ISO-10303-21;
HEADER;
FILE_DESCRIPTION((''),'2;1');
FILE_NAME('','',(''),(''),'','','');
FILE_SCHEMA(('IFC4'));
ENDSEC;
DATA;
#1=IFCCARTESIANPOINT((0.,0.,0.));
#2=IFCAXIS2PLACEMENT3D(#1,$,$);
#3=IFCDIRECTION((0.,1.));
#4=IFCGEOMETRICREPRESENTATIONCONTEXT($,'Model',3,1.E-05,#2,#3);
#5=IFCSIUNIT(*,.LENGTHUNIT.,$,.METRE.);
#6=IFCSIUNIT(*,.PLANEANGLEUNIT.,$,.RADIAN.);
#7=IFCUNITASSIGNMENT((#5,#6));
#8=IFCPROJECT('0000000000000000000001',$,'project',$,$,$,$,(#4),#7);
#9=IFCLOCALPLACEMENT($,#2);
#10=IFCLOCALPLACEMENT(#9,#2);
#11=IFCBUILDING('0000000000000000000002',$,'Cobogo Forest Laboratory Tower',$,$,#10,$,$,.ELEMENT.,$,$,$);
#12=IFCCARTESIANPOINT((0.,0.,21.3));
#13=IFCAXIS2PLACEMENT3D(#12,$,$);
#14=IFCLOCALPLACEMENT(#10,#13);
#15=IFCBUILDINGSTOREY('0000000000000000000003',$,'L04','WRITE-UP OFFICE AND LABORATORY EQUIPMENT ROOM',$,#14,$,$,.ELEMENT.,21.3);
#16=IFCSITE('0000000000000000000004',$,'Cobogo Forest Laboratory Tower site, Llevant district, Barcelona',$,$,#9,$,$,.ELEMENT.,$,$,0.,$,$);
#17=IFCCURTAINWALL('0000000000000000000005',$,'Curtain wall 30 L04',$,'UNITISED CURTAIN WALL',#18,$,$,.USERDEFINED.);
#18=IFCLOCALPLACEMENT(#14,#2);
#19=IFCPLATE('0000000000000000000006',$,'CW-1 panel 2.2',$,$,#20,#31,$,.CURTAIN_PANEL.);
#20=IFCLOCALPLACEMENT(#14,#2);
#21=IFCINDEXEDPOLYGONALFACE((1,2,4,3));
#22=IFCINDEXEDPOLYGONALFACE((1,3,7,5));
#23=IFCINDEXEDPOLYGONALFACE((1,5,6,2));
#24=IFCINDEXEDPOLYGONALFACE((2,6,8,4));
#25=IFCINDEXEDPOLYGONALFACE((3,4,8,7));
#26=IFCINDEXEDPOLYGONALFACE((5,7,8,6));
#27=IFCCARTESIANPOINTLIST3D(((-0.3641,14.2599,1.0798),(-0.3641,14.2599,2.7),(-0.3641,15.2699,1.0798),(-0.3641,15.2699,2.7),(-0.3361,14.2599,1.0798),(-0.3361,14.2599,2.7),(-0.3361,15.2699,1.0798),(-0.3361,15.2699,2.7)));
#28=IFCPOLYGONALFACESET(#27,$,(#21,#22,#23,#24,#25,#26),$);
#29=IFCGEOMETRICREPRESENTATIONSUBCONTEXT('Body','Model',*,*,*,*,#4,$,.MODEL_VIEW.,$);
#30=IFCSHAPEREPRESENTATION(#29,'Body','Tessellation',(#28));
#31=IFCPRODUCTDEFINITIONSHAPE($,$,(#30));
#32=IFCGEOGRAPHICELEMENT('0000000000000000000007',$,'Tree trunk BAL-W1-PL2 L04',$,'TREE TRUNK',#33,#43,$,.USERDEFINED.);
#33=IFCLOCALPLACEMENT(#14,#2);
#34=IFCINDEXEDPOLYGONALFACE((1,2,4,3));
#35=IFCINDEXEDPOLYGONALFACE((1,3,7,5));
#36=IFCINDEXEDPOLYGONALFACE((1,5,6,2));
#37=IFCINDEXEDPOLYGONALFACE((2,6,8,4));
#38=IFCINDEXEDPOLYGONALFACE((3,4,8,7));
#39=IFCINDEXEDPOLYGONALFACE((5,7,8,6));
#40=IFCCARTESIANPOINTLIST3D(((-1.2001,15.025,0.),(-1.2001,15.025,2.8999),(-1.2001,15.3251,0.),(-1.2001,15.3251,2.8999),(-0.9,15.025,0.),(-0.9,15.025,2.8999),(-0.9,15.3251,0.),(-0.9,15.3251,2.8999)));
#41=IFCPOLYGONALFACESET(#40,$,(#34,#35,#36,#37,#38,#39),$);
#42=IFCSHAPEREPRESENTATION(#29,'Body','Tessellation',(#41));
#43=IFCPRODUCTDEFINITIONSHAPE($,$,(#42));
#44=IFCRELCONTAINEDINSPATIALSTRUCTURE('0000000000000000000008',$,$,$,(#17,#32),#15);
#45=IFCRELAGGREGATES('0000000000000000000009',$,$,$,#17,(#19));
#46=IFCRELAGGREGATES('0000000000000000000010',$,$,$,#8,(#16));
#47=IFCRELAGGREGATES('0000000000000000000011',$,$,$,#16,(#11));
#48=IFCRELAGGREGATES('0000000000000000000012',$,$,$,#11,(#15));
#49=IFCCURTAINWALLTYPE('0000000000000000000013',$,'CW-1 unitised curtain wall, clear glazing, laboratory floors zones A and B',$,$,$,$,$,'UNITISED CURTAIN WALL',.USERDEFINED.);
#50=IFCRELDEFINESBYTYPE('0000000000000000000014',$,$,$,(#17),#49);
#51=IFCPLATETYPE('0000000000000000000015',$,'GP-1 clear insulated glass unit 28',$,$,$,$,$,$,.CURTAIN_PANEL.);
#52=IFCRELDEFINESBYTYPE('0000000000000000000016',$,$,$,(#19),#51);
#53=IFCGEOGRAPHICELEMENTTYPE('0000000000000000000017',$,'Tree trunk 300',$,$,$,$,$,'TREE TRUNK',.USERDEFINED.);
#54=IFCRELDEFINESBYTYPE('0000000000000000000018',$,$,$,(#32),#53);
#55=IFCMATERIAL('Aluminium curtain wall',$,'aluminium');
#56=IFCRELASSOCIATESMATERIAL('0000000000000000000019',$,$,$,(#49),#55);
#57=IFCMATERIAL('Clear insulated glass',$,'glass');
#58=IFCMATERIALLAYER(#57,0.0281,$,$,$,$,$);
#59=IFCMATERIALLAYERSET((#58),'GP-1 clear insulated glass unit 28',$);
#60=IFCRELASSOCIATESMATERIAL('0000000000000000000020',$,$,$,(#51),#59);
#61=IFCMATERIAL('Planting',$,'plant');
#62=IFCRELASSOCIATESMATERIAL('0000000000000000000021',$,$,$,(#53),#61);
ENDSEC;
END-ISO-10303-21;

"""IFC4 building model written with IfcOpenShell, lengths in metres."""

from ifc_helpers import new_model, si_unit, direction, frame, origin, origin_2d, place, context, subcontext, project, spatial, rectangle, extrude, material, layer, layer_set, type_object, element, aggregate, save


model = new_model("IFC4")

# Units and contexts
model_context = context("Model", 3, precision=1e-05, world=origin(), true_north=direction((0.0, 1.0)))
body_context = subcontext(model_context, "Body", "Model", "MODEL_VIEW")
ifc_project = project(units=[si_unit("LENGTHUNIT", "METRE"), si_unit("PLANEANGLEUNIT", "RADIAN")], contexts=[model_context])

# Site, building, storey
site_placement = place(None, origin())
site = spatial("IfcSite", under=ifc_project, at=site_placement, Name="Cobogo Forest Laboratory Tower site, Llevant district, Barcelona", CompositionType="ELEMENT", RefElevation=0.0)
building_placement = place(site_placement, origin())
building = spatial("IfcBuilding", under=site, at=building_placement, Name="Cobogo Forest Laboratory Tower", CompositionType="ELEMENT")
storey_placement = place(building_placement, frame((0.0, 0.0, 21.3)))
storey = spatial("IfcBuildingStorey", under=building, at=storey_placement, Name="L04", Description="WRITE-UP OFFICE AND LABORATORY EQUIPMENT ROOM", CompositionType="ELEMENT", Elevation=21.3)

# Curtain wall
ifc_material_1 = material(Name="Aluminium curtain wall", Category="aluminium")
curtain_wall_type = type_object("IfcCurtainWallType", Name="CW-1 unitised curtain wall, clear glazing, laboratory floors zones A and B", ElementType="UNITISED CURTAIN WALL", PredefinedType="USERDEFINED", material=ifc_material_1)
curtain_wall_1_placement = place(storey_placement, origin())
curtain_wall_1 = element("IfcCurtainWall", 1, at=curtain_wall_1_placement, inside=storey, type_object=curtain_wall_type, Name="Curtain wall 30 L04", ObjectType="UNITISED CURTAIN WALL", PredefinedType="USERDEFINED")

# Plate
ifc_material_2 = material(Name="Clear insulated glass", Category="glass")
ifc_layer = layer(ifc_material_2, 0.0281)
ifc_layer_set = layer_set([ifc_layer], Name="GP-1 clear insulated glass unit 28")
plate_type_1 = type_object("IfcPlateType", Name="GP-1 clear insulated glass unit 28", PredefinedType="CURTAIN_PANEL", material=ifc_layer_set)
plate_1_placement = place(storey_placement, frame((-0.3501, 14.7649, 1.0798), z_axis=(0.0, 0.0, 1.0), x_axis=(0.0, -1.0, 0.0)))
plate_1 = element("IfcPlate", 2, at=plate_1_placement, type_object=plate_type_1, Name="CW-1 panel 2.2", PredefinedType="CURTAIN_PANEL", context=body_context, shape_type="SweptSolid", body=[
    extrude(rectangle(XDim=1.01, YDim=0.0281, at=origin_2d()), origin(), (0.0, 0.0, 1.0), 1.6201),
])
aggregate(curtain_wall_1, [plate_1])

# Geographic element
ifc_material_3 = material(Name="Planting", Category="plant")
geographic_element_type = type_object("IfcGeographicElementType", Name="Tree trunk 300", ElementType="TREE TRUNK", PredefinedType="USERDEFINED", material=ifc_material_3)
geographic_element_placement = place(storey_placement, frame((-1.05, 15.175, 0.0), z_axis=(0.0, 0.0, 1.0), x_axis=(1.0, 0.0, 0.0)))
element("IfcGeographicElement", 3, at=geographic_element_placement, inside=storey, type_object=geographic_element_type, Name="Tree trunk BAL-W1-PL2 L04", ObjectType="TREE TRUNK", PredefinedType="USERDEFINED", context=body_context, shape_type="SweptSolid", body=[
    extrude(rectangle(XDim=0.3, YDim=0.3, at=origin_2d()), origin(), (0.0, 0.0, 1.0), 2.8999),
])

save(model, "model.ifc")
